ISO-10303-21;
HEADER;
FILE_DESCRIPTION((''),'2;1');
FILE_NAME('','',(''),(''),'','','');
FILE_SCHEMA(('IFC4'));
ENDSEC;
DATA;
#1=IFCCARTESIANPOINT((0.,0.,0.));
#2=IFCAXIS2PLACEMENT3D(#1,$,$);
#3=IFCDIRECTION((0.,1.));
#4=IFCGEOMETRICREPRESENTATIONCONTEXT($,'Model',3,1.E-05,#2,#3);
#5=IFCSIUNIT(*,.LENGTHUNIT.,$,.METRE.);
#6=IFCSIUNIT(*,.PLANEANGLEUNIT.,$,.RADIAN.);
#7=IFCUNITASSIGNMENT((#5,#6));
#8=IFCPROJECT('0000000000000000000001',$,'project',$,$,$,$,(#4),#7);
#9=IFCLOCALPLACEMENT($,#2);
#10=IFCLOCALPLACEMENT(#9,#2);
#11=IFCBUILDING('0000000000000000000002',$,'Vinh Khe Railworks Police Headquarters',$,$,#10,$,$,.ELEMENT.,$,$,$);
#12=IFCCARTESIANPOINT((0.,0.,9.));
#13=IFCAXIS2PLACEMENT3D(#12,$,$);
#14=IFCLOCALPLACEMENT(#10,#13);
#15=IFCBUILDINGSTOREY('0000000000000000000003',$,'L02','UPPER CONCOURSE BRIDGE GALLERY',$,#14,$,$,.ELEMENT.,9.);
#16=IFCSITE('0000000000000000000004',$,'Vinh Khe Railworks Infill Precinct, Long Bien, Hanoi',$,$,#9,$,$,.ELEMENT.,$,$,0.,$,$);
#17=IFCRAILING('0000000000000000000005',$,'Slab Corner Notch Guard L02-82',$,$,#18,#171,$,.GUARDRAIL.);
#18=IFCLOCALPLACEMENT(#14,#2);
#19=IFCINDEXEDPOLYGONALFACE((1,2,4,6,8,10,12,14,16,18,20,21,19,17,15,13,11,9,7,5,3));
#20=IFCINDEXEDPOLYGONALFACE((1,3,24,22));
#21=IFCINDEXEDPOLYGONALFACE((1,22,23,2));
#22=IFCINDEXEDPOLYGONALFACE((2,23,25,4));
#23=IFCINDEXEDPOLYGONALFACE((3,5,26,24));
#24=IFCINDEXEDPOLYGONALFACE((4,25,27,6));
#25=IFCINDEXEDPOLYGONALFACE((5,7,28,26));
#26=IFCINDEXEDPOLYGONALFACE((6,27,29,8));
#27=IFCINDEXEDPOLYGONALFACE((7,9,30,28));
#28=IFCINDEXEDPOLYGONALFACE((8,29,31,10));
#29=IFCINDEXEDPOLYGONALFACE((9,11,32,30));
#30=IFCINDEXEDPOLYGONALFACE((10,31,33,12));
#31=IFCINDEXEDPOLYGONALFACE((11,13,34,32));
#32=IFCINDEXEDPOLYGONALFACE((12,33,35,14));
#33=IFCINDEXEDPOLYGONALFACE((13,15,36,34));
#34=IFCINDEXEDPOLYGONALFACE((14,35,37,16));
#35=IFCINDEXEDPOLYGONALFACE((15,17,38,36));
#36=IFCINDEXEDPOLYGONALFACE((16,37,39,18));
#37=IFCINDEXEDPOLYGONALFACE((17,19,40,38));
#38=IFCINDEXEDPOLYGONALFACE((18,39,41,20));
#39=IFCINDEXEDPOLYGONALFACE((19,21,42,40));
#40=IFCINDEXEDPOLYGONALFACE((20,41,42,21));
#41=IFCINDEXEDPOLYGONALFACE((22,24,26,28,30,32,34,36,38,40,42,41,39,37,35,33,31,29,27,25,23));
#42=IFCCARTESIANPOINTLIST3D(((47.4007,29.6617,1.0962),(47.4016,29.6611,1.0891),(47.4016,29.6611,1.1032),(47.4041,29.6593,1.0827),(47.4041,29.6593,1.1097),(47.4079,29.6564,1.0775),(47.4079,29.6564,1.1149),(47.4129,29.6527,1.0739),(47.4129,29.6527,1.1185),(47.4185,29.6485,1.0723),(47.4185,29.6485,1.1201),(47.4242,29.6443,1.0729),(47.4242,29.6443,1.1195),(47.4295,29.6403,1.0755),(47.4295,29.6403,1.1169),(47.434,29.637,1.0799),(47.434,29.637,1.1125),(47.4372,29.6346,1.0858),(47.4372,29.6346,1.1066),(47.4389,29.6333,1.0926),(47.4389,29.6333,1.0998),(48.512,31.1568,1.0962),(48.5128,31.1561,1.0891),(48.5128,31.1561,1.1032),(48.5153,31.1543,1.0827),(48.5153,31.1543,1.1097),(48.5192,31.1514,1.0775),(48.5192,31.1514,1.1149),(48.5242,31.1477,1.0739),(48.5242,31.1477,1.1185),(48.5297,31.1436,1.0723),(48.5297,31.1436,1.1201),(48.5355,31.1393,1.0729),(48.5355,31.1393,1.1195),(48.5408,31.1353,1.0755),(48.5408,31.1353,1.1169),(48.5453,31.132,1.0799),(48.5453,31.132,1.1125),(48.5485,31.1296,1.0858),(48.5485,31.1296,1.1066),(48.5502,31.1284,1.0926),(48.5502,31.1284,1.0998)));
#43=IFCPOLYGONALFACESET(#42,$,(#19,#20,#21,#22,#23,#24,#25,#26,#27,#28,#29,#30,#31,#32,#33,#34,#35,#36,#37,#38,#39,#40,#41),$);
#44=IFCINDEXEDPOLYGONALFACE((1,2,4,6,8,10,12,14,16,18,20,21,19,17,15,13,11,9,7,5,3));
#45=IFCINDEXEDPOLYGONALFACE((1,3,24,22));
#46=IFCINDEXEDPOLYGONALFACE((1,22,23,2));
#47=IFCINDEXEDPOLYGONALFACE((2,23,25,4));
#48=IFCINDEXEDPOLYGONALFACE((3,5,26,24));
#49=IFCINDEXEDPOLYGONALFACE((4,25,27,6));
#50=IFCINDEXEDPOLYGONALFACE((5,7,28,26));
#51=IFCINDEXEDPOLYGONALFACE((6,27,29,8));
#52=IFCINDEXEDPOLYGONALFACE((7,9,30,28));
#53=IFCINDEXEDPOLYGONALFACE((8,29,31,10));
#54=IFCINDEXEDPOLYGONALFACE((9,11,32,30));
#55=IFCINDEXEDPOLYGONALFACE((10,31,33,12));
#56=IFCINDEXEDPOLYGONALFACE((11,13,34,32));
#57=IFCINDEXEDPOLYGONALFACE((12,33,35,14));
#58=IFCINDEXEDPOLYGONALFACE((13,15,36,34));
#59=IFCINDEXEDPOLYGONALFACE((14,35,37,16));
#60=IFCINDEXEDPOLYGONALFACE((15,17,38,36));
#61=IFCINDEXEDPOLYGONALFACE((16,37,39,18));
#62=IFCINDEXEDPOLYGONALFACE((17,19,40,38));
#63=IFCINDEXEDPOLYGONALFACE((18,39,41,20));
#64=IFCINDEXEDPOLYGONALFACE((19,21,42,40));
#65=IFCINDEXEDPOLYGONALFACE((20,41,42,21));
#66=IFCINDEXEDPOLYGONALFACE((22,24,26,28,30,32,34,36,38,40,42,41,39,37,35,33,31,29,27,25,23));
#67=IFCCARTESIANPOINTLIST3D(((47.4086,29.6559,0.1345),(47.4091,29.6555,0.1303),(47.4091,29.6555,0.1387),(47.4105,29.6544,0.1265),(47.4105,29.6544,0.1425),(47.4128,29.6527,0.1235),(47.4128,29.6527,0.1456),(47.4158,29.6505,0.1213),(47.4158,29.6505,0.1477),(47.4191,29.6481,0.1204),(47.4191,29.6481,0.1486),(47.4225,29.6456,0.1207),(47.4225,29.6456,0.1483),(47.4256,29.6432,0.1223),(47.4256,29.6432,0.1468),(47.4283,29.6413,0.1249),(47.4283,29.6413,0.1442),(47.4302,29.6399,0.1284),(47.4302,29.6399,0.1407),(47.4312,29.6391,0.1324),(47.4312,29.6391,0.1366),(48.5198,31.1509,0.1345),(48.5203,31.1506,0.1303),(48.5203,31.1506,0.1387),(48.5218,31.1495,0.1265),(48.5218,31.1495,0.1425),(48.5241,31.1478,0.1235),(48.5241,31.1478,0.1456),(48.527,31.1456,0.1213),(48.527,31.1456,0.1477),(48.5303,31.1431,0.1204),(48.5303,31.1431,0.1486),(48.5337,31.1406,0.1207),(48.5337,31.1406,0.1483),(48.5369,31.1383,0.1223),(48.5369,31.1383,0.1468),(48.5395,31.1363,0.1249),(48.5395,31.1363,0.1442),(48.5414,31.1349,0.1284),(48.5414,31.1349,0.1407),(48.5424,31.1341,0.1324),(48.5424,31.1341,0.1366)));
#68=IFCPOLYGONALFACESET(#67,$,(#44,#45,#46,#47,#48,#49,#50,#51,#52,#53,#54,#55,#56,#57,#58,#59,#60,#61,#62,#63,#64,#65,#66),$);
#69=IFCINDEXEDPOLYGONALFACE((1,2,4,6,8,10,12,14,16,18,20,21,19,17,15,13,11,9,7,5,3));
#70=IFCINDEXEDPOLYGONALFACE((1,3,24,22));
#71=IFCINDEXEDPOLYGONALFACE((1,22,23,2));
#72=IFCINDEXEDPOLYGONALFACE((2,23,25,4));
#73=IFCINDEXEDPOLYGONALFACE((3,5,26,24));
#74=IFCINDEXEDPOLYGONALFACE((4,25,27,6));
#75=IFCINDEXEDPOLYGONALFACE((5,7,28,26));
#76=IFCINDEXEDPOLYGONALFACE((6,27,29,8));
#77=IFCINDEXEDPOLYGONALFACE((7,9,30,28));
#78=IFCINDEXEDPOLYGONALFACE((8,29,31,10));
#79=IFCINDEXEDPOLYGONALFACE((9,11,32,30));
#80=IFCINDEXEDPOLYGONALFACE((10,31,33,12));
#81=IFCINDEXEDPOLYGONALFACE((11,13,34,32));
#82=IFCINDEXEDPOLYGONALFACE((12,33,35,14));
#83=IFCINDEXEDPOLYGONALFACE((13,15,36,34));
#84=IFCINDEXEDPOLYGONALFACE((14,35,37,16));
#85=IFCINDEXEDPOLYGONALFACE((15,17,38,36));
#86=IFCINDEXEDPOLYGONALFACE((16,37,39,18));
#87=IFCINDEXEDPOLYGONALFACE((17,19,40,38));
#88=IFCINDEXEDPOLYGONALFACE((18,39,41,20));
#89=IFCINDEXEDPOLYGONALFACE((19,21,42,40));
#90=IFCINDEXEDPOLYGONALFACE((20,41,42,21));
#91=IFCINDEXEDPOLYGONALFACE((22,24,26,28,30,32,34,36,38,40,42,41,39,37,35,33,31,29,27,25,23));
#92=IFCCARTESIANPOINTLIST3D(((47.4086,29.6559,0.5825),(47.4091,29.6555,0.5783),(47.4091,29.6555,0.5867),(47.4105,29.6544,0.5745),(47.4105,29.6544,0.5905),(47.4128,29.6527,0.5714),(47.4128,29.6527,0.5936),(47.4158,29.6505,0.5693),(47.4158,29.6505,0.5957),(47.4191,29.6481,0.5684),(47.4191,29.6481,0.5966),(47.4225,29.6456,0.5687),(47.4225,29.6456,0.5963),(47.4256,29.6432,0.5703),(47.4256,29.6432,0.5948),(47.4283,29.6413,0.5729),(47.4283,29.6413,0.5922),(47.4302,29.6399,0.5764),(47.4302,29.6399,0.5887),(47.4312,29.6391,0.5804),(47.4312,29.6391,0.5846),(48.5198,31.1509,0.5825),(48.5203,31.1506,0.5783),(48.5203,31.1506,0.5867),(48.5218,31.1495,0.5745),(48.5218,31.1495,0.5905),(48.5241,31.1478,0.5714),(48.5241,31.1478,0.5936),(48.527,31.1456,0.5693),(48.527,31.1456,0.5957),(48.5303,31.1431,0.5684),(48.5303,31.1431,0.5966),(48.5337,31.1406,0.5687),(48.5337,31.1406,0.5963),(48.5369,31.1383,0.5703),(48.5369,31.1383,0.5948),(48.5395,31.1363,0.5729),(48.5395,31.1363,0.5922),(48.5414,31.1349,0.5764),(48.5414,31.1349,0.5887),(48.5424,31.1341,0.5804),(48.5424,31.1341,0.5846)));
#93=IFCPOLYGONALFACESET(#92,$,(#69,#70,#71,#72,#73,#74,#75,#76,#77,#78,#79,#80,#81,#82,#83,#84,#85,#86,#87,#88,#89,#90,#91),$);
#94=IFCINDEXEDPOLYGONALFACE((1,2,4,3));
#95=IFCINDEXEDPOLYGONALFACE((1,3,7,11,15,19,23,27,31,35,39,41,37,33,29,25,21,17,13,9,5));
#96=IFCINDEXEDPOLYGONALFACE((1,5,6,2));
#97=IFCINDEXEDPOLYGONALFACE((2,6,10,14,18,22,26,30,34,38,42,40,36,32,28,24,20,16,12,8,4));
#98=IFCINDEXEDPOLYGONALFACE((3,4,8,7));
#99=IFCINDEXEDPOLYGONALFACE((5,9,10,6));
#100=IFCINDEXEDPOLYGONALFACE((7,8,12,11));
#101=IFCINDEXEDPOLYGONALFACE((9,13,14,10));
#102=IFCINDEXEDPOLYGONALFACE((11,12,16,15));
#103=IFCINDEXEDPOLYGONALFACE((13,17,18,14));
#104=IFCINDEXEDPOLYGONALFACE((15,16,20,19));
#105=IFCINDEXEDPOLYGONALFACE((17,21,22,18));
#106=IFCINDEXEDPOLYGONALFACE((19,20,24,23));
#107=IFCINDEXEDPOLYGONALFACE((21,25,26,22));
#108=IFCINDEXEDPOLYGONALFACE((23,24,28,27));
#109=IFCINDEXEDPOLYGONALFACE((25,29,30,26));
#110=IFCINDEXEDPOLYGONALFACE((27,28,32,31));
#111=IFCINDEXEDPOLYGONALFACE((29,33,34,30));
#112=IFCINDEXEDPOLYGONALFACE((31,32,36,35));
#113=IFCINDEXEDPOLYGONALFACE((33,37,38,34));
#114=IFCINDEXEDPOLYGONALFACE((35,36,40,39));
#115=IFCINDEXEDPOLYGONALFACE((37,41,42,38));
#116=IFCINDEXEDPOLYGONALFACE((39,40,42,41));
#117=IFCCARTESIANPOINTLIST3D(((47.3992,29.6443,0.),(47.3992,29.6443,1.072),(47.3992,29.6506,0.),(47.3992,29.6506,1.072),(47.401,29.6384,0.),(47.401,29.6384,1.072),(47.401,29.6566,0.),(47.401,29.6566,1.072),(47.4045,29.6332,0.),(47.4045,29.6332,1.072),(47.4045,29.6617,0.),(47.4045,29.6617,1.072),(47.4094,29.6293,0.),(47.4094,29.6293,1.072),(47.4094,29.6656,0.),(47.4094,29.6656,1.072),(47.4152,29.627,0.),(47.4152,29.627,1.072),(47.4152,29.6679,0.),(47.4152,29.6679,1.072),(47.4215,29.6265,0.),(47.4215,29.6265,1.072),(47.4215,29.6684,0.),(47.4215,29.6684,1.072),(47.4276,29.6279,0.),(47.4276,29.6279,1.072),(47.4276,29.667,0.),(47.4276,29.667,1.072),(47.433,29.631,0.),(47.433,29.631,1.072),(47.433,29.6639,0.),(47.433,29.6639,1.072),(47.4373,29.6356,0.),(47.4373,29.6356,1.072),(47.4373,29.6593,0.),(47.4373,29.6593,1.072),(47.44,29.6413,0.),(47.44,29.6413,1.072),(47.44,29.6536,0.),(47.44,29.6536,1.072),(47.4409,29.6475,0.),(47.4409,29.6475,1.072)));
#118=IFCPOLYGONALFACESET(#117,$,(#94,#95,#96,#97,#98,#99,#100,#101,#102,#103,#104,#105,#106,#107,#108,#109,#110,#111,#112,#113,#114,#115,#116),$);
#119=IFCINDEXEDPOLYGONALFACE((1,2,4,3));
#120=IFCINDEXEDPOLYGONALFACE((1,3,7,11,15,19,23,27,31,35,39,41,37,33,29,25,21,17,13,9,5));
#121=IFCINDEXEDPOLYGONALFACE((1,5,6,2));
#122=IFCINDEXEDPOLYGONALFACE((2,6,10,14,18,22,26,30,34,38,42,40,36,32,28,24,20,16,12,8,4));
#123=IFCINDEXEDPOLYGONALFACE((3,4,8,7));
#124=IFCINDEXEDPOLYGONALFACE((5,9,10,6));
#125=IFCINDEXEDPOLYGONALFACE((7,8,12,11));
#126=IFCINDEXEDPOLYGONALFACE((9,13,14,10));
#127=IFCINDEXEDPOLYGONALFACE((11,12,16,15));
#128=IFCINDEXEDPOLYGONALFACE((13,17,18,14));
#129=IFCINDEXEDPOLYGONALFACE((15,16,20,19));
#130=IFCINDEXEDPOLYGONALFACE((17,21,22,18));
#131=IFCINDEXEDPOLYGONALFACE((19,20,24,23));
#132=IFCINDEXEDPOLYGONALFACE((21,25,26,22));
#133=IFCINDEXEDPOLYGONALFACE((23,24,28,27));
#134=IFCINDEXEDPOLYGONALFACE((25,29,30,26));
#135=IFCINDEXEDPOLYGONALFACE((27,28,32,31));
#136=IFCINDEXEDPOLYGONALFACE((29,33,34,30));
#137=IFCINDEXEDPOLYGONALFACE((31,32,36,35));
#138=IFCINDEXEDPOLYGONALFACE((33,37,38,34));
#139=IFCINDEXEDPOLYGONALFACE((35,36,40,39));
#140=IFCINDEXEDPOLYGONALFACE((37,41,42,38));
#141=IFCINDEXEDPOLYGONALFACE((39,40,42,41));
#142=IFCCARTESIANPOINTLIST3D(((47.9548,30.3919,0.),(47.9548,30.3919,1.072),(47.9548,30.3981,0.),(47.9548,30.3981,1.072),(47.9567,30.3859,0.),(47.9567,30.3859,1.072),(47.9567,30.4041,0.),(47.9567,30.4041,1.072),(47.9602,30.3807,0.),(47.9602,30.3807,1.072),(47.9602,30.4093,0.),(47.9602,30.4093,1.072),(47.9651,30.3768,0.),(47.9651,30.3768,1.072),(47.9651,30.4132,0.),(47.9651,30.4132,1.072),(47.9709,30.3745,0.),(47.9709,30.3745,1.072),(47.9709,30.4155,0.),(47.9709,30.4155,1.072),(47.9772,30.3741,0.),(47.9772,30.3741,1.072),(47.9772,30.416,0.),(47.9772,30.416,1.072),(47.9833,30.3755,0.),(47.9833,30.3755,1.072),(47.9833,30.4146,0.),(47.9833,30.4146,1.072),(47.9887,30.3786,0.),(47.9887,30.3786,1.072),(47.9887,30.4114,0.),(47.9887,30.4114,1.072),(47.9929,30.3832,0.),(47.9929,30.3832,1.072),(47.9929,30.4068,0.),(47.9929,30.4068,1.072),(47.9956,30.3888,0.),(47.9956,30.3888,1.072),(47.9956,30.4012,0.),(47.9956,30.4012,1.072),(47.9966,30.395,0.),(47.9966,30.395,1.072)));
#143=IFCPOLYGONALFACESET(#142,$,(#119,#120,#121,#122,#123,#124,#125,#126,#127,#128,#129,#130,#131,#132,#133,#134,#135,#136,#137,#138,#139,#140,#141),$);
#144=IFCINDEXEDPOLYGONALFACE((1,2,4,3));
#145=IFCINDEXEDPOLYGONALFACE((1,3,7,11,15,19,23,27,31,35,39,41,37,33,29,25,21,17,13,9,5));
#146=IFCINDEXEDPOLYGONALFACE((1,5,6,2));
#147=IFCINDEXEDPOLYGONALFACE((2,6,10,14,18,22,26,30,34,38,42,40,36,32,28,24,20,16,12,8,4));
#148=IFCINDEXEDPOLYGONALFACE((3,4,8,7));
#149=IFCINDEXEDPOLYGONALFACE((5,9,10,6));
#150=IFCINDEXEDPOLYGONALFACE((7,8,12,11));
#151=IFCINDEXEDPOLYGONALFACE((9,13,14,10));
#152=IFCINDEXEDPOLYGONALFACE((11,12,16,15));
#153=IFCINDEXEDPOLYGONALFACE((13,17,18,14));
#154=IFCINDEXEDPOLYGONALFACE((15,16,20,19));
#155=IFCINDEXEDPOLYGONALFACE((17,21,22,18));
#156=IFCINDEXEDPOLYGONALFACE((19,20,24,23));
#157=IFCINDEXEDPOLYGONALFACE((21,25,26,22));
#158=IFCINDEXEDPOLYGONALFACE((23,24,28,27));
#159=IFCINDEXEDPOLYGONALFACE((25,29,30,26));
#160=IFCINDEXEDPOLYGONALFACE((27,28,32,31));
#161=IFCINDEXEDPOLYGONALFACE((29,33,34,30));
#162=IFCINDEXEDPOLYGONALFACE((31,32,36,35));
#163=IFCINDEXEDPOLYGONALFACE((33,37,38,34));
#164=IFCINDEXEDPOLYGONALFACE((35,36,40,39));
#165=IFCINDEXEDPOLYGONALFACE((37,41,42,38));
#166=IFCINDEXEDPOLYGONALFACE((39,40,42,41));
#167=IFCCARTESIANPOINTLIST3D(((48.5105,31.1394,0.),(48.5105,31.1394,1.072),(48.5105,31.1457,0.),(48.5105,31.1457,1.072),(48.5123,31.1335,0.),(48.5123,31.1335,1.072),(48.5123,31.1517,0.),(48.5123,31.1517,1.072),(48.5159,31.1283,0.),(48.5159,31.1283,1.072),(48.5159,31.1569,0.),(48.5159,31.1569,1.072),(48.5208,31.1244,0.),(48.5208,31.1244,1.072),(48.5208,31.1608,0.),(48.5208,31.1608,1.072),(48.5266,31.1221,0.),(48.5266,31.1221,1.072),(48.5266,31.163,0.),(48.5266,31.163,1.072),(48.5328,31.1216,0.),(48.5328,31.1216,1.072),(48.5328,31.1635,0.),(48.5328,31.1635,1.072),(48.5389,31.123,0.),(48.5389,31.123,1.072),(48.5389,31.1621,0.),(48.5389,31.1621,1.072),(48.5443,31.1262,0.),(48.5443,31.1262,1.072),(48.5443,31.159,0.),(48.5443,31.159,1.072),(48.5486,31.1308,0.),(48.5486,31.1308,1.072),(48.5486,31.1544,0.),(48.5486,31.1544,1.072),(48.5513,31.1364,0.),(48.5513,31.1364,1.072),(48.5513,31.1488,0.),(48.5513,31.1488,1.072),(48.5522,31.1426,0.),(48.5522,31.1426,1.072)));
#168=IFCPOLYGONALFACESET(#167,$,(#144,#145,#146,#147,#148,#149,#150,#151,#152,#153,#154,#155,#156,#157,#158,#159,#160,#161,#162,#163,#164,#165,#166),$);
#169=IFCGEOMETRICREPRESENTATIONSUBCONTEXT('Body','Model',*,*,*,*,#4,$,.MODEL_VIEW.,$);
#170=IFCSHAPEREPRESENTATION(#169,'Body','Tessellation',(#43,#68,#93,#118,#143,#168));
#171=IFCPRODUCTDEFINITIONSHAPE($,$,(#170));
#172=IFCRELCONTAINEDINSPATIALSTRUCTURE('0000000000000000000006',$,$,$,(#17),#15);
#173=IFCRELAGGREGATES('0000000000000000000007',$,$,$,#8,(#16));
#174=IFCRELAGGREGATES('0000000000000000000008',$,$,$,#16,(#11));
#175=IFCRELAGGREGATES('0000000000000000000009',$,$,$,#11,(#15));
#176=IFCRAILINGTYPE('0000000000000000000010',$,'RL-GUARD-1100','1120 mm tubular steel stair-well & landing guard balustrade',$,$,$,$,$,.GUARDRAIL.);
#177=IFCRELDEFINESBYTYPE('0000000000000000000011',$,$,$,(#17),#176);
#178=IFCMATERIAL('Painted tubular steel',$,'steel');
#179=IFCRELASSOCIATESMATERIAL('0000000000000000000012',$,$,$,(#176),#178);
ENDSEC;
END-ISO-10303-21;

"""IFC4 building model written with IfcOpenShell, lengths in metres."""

from ifc_helpers import new_model, si_unit, direction, frame, origin, origin_2d, place, context, subcontext, project, spatial, circle, extrude, material, type_object, element, save


model = new_model("IFC4")

# Units and contexts
model_context = context("Model", 3, precision=1e-05, world=origin(), true_north=direction((0.0, 1.0)))
body_context = subcontext(model_context, "Body", "Model", "MODEL_VIEW")
ifc_project = project(units=[si_unit("LENGTHUNIT", "METRE"), si_unit("PLANEANGLEUNIT", "RADIAN")], contexts=[model_context])

# Site, building, storey
site_placement = place(None, origin())
site = spatial("IfcSite", under=ifc_project, at=site_placement, Name="Vinh Khe Railworks Infill Precinct, Long Bien, Hanoi", CompositionType="ELEMENT", RefElevation=0.0)
building_placement = place(site_placement, origin())
building = spatial("IfcBuilding", under=site, at=building_placement, Name="Vinh Khe Railworks Police Headquarters", CompositionType="ELEMENT")
storey_placement = place(building_placement, frame((0.0, 0.0, 9.0)))
storey = spatial("IfcBuildingStorey", under=building, at=storey_placement, Name="L02", Description="UPPER CONCOURSE BRIDGE GALLERY", CompositionType="ELEMENT", Elevation=9.0)

# Railing
ifc_material_1 = material(Name="Painted tubular steel", Category="steel")
railing_type = type_object("IfcRailingType", Name="RL-GUARD-1100", Description="1120 mm tubular steel stair-well & landing guard balustrade", PredefinedType="GUARDRAIL", material=ifc_material_1)
railing_placement = place(storey_placement, frame((47.4199, 29.6475, 0.0)))
element("IfcRailing", 1, at=railing_placement, inside=storey, type_object=railing_type, Name="Slab Corner Notch Guard L02-82", PredefinedType="GUARDRAIL", context=body_context, shape_type="SweptSolid", body=[
    extrude(circle(Radius=0.0239, at=origin_2d()), frame((0.0, 0.0, 1.0962), z_axis=(0.596556, 0.802572, 0.0), x_axis=(-0.802572, 0.596556, 0.0)), (0.0, 0.0, 1.0), 1.8628),
    extrude(circle(Radius=0.0142, at=origin_2d()), frame((0.0, 0.0, 0.1345), z_axis=(0.596556, 0.802572, 0.0), x_axis=(-0.802572, 0.596556, 0.0)), (0.0, 0.0, 1.0), 1.8628),
    extrude(circle(Radius=0.0142, at=origin_2d()), frame((0.0, 0.0, 0.5825), z_axis=(0.596556, 0.802572, 0.0), x_axis=(-0.802572, 0.596556, 0.0)), (0.0, 0.0, 1.0), 1.8628),
    extrude(circle(Radius=0.021, at=origin_2d()), origin(), (0.0, 0.0, 1.0), 1.072),
    extrude(circle(Radius=0.021, at=origin_2d()), frame((0.5557, 0.7476, 0.0)), (0.0, 0.0, 1.0), 1.072),
    extrude(circle(Radius=0.021, at=origin_2d()), frame((1.1113, 1.4951, 0.0)), (0.0, 0.0, 1.0), 1.072),
])

save(model, "model.ifc")
